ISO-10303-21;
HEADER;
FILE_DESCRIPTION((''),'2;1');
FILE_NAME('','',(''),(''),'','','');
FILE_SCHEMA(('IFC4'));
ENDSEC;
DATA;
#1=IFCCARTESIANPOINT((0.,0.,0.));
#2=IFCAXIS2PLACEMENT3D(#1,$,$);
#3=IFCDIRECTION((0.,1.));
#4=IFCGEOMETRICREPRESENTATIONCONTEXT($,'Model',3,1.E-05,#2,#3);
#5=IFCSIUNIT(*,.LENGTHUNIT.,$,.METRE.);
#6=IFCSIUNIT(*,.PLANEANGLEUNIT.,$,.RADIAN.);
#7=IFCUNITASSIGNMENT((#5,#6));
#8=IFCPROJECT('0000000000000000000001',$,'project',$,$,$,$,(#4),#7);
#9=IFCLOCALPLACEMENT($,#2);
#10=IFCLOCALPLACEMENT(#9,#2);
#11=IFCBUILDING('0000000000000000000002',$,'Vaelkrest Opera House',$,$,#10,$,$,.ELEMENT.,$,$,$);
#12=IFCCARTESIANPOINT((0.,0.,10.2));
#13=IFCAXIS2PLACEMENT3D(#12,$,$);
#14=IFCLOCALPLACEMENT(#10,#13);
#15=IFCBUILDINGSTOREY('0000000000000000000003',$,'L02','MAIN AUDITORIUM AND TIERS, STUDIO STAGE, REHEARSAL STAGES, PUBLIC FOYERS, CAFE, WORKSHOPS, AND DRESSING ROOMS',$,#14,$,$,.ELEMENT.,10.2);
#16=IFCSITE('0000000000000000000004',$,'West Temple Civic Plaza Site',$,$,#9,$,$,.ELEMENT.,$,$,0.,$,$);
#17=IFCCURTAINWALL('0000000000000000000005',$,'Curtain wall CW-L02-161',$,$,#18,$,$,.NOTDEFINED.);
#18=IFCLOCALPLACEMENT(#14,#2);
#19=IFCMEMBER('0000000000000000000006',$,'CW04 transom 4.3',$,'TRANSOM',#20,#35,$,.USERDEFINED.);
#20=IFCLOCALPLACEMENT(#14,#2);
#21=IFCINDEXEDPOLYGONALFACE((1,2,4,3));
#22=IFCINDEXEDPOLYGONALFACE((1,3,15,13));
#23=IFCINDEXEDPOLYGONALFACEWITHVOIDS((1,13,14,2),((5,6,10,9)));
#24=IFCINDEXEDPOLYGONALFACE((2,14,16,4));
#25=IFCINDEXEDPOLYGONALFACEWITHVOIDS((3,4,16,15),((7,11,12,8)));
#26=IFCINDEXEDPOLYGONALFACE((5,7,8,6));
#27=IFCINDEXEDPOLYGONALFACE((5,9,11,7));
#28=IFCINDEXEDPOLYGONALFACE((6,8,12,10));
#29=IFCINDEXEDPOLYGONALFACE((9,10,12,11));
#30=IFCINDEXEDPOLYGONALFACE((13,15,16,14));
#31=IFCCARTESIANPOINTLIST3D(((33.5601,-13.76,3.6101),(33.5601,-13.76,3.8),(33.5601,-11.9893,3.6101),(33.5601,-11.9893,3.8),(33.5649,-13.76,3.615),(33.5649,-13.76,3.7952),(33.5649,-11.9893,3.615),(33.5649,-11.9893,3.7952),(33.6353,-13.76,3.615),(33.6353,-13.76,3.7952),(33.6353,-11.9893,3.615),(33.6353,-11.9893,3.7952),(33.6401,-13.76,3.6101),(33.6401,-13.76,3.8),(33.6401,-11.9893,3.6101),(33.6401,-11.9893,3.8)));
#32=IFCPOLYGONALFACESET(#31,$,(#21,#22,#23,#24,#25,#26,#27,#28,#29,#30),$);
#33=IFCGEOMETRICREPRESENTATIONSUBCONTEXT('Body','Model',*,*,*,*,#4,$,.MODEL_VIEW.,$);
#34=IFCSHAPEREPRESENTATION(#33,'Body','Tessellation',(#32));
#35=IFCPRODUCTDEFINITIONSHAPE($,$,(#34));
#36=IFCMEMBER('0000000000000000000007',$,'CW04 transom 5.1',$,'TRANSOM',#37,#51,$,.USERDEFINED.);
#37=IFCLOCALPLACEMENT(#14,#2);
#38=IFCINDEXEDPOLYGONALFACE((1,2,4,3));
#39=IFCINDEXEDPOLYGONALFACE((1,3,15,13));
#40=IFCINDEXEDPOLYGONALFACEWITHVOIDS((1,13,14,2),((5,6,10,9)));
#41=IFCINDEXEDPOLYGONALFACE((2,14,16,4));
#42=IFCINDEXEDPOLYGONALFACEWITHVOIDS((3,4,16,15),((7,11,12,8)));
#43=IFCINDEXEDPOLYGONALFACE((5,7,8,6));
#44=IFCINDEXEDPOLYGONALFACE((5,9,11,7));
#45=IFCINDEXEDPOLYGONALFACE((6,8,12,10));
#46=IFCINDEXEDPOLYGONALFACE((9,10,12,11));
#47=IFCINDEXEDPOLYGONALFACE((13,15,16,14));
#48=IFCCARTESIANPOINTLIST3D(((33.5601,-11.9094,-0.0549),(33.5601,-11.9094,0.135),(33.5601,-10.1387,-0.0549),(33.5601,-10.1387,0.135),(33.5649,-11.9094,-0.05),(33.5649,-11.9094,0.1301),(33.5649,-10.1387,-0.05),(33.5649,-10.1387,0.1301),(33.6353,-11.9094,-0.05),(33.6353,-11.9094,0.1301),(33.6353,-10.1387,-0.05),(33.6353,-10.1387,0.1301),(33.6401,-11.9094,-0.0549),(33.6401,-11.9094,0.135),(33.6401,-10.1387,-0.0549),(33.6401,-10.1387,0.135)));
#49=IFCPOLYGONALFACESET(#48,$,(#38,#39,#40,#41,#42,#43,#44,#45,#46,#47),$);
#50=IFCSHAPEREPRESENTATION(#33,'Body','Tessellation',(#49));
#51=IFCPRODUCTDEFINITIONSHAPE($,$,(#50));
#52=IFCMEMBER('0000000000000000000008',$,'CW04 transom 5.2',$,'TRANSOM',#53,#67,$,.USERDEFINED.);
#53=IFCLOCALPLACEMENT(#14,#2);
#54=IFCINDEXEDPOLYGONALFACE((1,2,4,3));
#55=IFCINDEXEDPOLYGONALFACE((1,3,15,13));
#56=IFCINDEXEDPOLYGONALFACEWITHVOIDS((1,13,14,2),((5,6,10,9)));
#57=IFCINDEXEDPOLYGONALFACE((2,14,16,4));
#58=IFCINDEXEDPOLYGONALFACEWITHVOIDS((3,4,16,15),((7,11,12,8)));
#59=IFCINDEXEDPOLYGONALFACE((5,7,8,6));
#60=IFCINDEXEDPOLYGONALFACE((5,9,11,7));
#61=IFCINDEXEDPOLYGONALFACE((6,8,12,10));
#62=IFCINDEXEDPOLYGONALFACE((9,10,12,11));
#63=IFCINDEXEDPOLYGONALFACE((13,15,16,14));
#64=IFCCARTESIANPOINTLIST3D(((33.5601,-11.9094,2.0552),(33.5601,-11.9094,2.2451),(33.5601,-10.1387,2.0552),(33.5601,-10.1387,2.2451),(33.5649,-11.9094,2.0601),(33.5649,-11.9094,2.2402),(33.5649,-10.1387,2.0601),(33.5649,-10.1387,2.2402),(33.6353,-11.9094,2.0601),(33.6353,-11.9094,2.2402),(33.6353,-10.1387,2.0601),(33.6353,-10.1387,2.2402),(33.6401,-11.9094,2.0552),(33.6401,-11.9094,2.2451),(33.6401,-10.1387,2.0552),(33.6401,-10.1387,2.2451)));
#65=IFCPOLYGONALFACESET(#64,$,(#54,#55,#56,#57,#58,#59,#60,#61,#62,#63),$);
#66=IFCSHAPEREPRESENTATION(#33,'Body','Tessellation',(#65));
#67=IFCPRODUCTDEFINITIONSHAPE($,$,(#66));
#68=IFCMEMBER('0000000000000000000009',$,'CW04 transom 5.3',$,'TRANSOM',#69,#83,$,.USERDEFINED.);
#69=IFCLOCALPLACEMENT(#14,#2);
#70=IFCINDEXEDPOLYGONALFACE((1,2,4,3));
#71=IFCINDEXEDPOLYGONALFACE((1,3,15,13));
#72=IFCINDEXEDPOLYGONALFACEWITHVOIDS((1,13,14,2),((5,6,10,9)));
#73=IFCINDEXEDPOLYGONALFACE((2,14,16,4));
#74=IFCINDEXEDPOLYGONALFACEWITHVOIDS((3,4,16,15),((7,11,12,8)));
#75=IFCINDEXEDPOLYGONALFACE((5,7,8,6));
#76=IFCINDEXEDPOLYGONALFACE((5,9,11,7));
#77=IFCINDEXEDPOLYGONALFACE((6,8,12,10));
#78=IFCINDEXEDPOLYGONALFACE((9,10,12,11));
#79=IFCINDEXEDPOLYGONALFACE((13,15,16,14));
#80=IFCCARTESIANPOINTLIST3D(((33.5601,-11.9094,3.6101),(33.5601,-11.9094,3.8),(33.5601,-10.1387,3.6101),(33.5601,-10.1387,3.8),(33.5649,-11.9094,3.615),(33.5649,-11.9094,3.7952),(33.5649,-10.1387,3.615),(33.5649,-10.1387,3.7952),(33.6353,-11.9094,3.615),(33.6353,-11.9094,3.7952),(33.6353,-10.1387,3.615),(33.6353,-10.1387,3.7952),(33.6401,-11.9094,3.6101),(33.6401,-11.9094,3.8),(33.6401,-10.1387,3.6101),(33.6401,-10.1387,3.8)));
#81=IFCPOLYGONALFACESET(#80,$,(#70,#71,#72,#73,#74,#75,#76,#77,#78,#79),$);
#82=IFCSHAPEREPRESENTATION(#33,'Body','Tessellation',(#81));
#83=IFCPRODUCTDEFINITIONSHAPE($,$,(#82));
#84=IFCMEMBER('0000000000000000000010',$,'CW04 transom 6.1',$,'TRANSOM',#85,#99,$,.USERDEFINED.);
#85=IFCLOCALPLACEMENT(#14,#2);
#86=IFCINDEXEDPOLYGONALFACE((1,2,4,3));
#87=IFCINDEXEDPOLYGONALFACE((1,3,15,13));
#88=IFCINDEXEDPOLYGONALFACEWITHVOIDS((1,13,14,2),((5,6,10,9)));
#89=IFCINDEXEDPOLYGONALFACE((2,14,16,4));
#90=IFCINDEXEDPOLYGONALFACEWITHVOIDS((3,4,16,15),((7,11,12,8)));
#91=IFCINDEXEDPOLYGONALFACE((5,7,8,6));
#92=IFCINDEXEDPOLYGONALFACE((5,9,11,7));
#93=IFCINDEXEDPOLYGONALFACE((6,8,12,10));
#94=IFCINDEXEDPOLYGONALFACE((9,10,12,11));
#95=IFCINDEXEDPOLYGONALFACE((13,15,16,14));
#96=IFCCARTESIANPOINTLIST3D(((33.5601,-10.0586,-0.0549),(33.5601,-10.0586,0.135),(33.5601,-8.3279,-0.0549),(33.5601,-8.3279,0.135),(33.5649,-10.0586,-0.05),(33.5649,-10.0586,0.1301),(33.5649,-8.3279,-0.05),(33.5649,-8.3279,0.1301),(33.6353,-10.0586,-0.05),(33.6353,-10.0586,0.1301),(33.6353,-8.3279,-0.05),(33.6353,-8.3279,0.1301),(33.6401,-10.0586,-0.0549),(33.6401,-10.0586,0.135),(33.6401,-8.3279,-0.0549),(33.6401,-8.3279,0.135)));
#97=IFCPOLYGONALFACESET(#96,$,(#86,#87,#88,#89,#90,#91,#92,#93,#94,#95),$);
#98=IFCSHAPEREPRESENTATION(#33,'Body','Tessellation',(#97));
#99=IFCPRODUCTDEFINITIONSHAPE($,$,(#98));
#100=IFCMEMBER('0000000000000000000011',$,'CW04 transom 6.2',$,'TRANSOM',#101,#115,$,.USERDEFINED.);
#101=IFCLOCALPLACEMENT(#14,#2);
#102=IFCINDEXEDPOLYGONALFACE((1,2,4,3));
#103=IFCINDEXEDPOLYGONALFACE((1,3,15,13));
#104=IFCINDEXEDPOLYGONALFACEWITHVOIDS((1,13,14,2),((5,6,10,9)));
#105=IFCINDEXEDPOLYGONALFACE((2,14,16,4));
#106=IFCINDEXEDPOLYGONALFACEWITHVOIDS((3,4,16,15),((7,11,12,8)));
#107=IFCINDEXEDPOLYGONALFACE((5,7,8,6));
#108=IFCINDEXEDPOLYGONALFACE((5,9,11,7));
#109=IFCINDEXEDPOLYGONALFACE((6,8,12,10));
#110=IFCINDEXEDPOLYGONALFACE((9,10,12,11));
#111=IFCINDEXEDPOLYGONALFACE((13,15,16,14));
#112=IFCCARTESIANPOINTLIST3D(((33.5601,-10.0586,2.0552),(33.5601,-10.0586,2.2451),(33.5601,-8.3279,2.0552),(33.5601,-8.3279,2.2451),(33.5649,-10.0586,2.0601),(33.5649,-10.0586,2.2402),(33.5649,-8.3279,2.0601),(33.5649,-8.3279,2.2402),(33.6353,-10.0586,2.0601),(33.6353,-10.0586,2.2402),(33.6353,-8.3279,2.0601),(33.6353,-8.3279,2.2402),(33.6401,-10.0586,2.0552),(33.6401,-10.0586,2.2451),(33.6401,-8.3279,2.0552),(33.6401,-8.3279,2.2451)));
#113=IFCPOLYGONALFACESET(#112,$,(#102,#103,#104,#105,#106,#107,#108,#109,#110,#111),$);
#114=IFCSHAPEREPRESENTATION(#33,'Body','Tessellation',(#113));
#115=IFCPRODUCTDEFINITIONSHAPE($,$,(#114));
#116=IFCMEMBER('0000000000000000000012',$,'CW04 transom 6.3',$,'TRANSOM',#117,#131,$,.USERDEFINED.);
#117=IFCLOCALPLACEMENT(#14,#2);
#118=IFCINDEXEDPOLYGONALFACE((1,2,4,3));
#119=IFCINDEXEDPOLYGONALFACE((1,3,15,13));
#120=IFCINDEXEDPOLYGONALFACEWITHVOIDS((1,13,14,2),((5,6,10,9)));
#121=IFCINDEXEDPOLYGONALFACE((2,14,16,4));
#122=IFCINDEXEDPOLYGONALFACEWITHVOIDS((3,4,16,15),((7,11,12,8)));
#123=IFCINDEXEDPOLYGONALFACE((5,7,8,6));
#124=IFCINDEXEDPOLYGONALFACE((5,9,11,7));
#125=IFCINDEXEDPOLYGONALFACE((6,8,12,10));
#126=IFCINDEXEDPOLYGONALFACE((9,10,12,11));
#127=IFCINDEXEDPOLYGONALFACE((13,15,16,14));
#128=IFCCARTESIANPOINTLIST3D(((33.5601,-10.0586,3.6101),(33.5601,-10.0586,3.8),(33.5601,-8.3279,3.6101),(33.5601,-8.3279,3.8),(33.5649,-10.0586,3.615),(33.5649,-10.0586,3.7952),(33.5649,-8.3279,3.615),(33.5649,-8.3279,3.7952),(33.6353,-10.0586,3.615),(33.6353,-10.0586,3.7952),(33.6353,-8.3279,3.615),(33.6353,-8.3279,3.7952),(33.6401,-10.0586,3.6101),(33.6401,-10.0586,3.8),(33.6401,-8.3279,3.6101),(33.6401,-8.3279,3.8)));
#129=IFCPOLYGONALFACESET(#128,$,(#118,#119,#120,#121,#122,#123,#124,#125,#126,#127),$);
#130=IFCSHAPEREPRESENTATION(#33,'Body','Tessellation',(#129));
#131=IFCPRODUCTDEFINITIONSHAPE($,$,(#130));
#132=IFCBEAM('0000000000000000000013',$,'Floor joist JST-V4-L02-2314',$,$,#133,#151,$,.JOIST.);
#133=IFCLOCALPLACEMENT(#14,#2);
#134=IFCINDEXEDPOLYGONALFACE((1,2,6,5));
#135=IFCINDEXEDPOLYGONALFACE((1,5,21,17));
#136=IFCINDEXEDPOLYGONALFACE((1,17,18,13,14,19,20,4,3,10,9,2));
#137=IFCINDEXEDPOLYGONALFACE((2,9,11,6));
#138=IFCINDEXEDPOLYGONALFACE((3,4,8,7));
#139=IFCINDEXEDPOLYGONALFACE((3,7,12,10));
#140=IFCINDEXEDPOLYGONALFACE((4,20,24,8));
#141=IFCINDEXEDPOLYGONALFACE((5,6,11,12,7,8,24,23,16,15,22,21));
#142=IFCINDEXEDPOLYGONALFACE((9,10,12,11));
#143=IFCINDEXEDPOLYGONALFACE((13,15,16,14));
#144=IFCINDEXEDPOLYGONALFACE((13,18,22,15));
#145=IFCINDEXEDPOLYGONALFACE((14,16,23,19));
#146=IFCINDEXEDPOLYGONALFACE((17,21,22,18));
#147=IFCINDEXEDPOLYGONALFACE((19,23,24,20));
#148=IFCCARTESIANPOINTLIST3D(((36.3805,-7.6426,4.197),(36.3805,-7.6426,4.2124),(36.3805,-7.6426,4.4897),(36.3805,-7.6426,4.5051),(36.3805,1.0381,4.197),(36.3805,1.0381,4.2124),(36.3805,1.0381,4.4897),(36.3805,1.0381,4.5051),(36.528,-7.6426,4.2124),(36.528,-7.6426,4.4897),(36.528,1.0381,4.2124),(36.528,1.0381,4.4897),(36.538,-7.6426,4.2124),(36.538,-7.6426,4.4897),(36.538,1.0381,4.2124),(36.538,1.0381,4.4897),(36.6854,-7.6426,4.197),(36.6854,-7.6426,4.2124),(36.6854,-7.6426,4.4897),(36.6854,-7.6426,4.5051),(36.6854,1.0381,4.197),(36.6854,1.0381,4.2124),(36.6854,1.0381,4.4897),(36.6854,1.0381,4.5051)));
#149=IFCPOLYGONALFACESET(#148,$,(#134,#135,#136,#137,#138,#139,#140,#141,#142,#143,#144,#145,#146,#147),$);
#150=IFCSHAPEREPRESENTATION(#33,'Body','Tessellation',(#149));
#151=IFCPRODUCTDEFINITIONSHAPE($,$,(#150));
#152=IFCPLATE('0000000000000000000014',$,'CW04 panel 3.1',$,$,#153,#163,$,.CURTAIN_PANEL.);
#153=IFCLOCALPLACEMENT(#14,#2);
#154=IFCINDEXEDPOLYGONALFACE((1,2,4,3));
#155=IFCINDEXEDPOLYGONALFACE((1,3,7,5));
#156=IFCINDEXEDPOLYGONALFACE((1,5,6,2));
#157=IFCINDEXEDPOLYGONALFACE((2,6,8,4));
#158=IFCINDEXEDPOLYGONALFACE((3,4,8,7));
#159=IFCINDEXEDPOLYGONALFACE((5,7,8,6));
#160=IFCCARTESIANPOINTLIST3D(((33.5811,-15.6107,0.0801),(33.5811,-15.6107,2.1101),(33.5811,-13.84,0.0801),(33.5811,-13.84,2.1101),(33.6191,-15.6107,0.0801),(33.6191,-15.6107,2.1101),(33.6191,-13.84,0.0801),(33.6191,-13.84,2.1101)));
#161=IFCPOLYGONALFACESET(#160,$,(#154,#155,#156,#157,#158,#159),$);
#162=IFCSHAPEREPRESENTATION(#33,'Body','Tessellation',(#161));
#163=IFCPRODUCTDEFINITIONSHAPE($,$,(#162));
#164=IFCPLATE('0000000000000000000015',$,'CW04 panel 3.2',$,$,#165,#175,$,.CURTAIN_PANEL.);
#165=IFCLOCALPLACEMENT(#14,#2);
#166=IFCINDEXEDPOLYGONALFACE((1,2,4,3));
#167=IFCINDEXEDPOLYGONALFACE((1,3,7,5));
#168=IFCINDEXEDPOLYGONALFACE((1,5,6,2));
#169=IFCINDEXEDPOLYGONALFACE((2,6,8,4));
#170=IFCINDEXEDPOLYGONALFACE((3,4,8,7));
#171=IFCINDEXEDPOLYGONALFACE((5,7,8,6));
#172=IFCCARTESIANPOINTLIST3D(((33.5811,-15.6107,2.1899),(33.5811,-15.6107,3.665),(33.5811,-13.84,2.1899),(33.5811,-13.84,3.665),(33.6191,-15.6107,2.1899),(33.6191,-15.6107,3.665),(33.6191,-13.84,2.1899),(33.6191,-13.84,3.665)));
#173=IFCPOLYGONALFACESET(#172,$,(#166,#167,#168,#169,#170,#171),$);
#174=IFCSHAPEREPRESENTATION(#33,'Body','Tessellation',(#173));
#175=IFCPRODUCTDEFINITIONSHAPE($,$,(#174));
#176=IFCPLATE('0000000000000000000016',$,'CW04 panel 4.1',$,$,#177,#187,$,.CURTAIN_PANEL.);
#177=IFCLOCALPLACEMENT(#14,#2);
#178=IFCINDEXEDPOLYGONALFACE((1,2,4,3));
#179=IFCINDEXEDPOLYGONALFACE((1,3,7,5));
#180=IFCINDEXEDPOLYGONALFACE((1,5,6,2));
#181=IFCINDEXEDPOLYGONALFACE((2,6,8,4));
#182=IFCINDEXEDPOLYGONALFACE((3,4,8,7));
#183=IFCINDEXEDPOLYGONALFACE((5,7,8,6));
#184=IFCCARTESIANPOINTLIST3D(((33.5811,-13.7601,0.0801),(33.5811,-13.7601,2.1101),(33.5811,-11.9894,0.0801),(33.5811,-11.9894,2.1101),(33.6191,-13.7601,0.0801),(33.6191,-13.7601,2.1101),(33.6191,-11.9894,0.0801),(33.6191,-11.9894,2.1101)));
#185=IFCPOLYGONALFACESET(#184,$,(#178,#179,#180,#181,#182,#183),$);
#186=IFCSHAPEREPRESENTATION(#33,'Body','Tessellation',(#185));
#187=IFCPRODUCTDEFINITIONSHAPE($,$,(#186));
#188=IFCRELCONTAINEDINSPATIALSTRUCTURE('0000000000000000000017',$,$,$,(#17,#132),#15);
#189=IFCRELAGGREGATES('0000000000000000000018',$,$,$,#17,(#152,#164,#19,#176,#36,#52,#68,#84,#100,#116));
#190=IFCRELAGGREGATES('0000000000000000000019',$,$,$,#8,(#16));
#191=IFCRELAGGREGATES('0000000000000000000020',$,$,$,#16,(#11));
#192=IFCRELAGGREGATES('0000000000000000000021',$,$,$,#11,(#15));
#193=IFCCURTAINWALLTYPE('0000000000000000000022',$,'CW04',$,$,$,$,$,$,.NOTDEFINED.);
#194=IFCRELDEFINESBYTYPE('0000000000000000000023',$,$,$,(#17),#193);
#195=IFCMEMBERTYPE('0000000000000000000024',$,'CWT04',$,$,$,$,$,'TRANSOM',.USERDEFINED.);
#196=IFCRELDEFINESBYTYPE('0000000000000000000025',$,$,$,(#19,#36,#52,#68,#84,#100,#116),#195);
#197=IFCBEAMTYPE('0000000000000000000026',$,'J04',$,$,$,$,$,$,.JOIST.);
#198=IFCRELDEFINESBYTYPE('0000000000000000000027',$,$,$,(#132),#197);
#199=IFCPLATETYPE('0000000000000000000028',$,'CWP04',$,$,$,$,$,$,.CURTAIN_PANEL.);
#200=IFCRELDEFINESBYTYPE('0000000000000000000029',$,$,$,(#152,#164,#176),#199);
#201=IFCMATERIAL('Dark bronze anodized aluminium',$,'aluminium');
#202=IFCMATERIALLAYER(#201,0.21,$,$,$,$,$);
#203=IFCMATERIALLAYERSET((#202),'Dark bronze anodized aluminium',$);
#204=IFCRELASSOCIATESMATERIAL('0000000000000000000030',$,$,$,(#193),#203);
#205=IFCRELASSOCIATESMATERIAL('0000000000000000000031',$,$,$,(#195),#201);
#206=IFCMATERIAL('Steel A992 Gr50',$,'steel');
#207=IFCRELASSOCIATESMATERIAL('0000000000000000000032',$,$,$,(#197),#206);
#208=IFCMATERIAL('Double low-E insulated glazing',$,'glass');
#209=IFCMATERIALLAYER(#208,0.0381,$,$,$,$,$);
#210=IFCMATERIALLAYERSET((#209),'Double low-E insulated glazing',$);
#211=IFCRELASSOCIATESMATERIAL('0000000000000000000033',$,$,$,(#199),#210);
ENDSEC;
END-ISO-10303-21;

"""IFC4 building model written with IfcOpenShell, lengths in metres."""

from ifc_helpers import new_model, si_unit, direction, frame, origin, origin_2d, place, context, subcontext, project, spatial, rectangle, hollow_rectangle, i_section, extrude, material, layer, layer_set, material_profile, profile_set, type_object, element, aggregate, save


model = new_model("IFC4")

# Units and contexts
model_context = context("Model", 3, precision=1e-05, world=origin(), true_north=direction((0.0, 1.0)))
body_context = subcontext(model_context, "Body", "Model", "MODEL_VIEW")
ifc_project = project(units=[si_unit("LENGTHUNIT", "METRE"), si_unit("PLANEANGLEUNIT", "RADIAN")], contexts=[model_context])

# Site, building, storey
site_placement = place(None, origin())
site = spatial("IfcSite", under=ifc_project, at=site_placement, Name="West Temple Civic Plaza Site", CompositionType="ELEMENT", RefElevation=0.0)
building_placement = place(site_placement, origin())
building = spatial("IfcBuilding", under=site, at=building_placement, Name="Vaelkrest Opera House", CompositionType="ELEMENT")
storey_placement = place(building_placement, frame((0.0, 0.0, 10.2)))
storey = spatial("IfcBuildingStorey", under=building, at=storey_placement, Name="L02", Description="MAIN AUDITORIUM AND TIERS, STUDIO STAGE, REHEARSAL STAGES, PUBLIC FOYERS, CAFE, WORKSHOPS, AND DRESSING ROOMS", CompositionType="ELEMENT", Elevation=10.2)

# Shared definitions
ifc_material_1 = material(Name="Steel A992 Gr50", Category="steel")

# Curtain wall, members
ifc_material_2 = material(Name="Dark bronze anodized aluminium", Category="aluminium")
ifc_layer_1 = layer(ifc_material_2, 0.21)
ifc_layer_set_1 = layer_set([ifc_layer_1], Name="Dark bronze anodized aluminium")
curtain_wall_type = type_object("IfcCurtainWallType", Name="CW04", PredefinedType="NOTDEFINED", material=ifc_layer_set_1)
curtain_wall_placement = place(storey_placement, origin())
curtain_wall = element("IfcCurtainWall", 1, at=curtain_wall_placement, inside=storey, type_object=curtain_wall_type, Name="Curtain wall CW-L02-161", PredefinedType="NOTDEFINED")
ifc_material_profile_1 = material_profile(ifc_material_2, hollow_rectangle(XDim=0.0801, YDim=0.1899, WallThickness=0.0049, at=origin_2d()), Name="CWT80X190")
ifc_profile_set_1 = profile_set([ifc_material_profile_1], Name="Dark bronze anodized aluminium")
member_type_1 = type_object("IfcMemberType", Name="CWT04", ElementType="TRANSOM", PredefinedType="USERDEFINED", material=ifc_profile_set_1)
member_1_placement = place(storey_placement, frame((33.6001, -13.76, 3.7051), z_axis=(0.0, 1.0, 0.0), x_axis=(-1.0, 0.0, 0.0)))
member_1 = element("IfcMember", 2, at=member_1_placement, type_object=member_type_1, Name="CW04 transom 4.3", ObjectType="TRANSOM", PredefinedType="USERDEFINED", context=body_context, shape_type="SweptSolid", body=[
    extrude(hollow_rectangle(XDim=0.0801, YDim=0.1899, WallThickness=0.0049, at=origin_2d()), origin(), (0.0, 0.0, 1.0), 1.7708),
])
member_2_placement = place(storey_placement, frame((33.6001, -11.9094, 0.04), z_axis=(0.0, 1.0, 0.0), x_axis=(-1.0, 0.0, 0.0)))
member_2 = element("IfcMember", 3, at=member_2_placement, type_object=member_type_1, Name="CW04 transom 5.1", ObjectType="TRANSOM", PredefinedType="USERDEFINED", context=body_context, shape_type="SweptSolid", body=[
    extrude(hollow_rectangle(XDim=0.0801, YDim=0.1899, WallThickness=0.0049, at=origin_2d()), origin(), (0.0, 0.0, 1.0), 1.7708),
])
member_3_placement = place(storey_placement, frame((33.6001, -11.9094, 2.1501), z_axis=(0.0, 1.0, 0.0), x_axis=(-1.0, 0.0, 0.0)))
member_3 = element("IfcMember", 4, at=member_3_placement, type_object=member_type_1, Name="CW04 transom 5.2", ObjectType="TRANSOM", PredefinedType="USERDEFINED", context=body_context, shape_type="SweptSolid", body=[
    extrude(hollow_rectangle(XDim=0.0801, YDim=0.1899, WallThickness=0.0049, at=origin_2d()), origin(), (0.0, 0.0, 1.0), 1.7708),
])
member_4_placement = place(storey_placement, frame((33.6001, -11.9094, 3.7051), z_axis=(0.0, 1.0, 0.0), x_axis=(-1.0, 0.0, 0.0)))
member_4 = element("IfcMember", 5, at=member_4_placement, type_object=member_type_1, Name="CW04 transom 5.3", ObjectType="TRANSOM", PredefinedType="USERDEFINED", context=body_context, shape_type="SweptSolid", body=[
    extrude(hollow_rectangle(XDim=0.0801, YDim=0.1899, WallThickness=0.0049, at=origin_2d()), origin(), (0.0, 0.0, 1.0), 1.7708),
])
member_5_placement = place(storey_placement, frame((33.6001, -10.0586, 0.04), z_axis=(0.0, 1.0, 0.0), x_axis=(-1.0, 0.0, 0.0)))
member_5 = element("IfcMember", 6, at=member_5_placement, type_object=member_type_1, Name="CW04 transom 6.1", ObjectType="TRANSOM", PredefinedType="USERDEFINED", context=body_context, shape_type="SweptSolid", body=[
    extrude(hollow_rectangle(XDim=0.0801, YDim=0.1899, WallThickness=0.0049, at=origin_2d()), origin(), (0.0, 0.0, 1.0), 1.7307),
])
member_6_placement = place(storey_placement, frame((33.6001, -10.0586, 2.1501), z_axis=(0.0, 1.0, 0.0), x_axis=(-1.0, 0.0, 0.0)))
member_6 = element("IfcMember", 7, at=member_6_placement, type_object=member_type_1, Name="CW04 transom 6.2", ObjectType="TRANSOM", PredefinedType="USERDEFINED", context=body_context, shape_type="SweptSolid", body=[
    extrude(hollow_rectangle(XDim=0.0801, YDim=0.1899, WallThickness=0.0049, at=origin_2d()), origin(), (0.0, 0.0, 1.0), 1.7307),
])
member_7_placement = place(storey_placement, frame((33.6001, -10.0586, 3.7051), z_axis=(0.0, 1.0, 0.0), x_axis=(-1.0, 0.0, 0.0)))
member_7 = element("IfcMember", 8, at=member_7_placement, type_object=member_type_1, Name="CW04 transom 6.3", ObjectType="TRANSOM", PredefinedType="USERDEFINED", context=body_context, shape_type="SweptSolid", body=[
    extrude(hollow_rectangle(XDim=0.0801, YDim=0.1899, WallThickness=0.0049, at=origin_2d()), origin(), (0.0, 0.0, 1.0), 1.7307),
])

# Beam
ifc_material_profile_2 = material_profile(ifc_material_1, i_section(OverallWidth=0.3049, OverallDepth=0.3081, WebThickness=0.01, FlangeThickness=0.0154, at=origin_2d()), Name="W12X65")
ifc_profile_set_2 = profile_set([ifc_material_profile_2], Name="Steel A992 Gr50")
beam_type_1 = type_object("IfcBeamType", Name="J04", PredefinedType="JOIST", material=ifc_profile_set_2)
beam_1_placement = place(storey_placement, frame((36.533, -7.6426, 4.3511), z_axis=(0.0, 1.0, 0.0), x_axis=(-1.0, 0.0, 0.0)))
element("IfcBeam", 9, at=beam_1_placement, inside=storey, type_object=beam_type_1, Name="Floor joist JST-V4-L02-2314", PredefinedType="JOIST", context=body_context, shape_type="SweptSolid", body=[
    extrude(i_section(OverallWidth=0.3049, OverallDepth=0.3081, WebThickness=0.01, FlangeThickness=0.0154, at=origin_2d()), origin(), (0.0, 0.0, 1.0), 8.6807),
])

# Plates
ifc_material_3 = material(Name="Double low-E insulated glazing", Category="glass")
ifc_layer_2 = layer(ifc_material_3, 0.0381)
ifc_layer_set_2 = layer_set([ifc_layer_2], Name="Double low-E insulated glazing")
plate_type = type_object("IfcPlateType", Name="CWP04", PredefinedType="CURTAIN_PANEL", material=ifc_layer_set_2)
plate_1_placement = place(storey_placement, frame((33.6001, -14.7253, 0.0801), z_axis=(0.0, 0.0, 1.0), x_axis=(0.0, 1.0, 0.0)))
plate_1 = element("IfcPlate", 10, at=plate_1_placement, type_object=plate_type, Name="CW04 panel 3.1", PredefinedType="CURTAIN_PANEL", context=body_context, shape_type="SweptSolid", body=[
    extrude(rectangle(XDim=1.7708, YDim=0.0381, at=origin_2d()), origin(), (0.0, 0.0, 1.0), 2.03),
])
plate_2_placement = place(storey_placement, frame((33.6001, -14.7253, 2.1899), z_axis=(0.0, 0.0, 1.0), x_axis=(0.0, 1.0, 0.0)))
plate_2 = element("IfcPlate", 11, at=plate_2_placement, type_object=plate_type, Name="CW04 panel 3.2", PredefinedType="CURTAIN_PANEL", context=body_context, shape_type="SweptSolid", body=[
    extrude(rectangle(XDim=1.7708, YDim=0.0381, at=origin_2d()), origin(), (0.0, 0.0, 1.0), 1.4751),
])
plate_3_placement = place(storey_placement, frame((33.6001, -12.8748, 0.0801), z_axis=(0.0, 0.0, 1.0), x_axis=(0.0, 1.0, 0.0)))
plate_3 = element("IfcPlate", 12, at=plate_3_placement, type_object=plate_type, Name="CW04 panel 4.1", PredefinedType="CURTAIN_PANEL", context=body_context, shape_type="SweptSolid", body=[
    extrude(rectangle(XDim=1.7708, YDim=0.0381, at=origin_2d()), origin(), (0.0, 0.0, 1.0), 2.03),
])
aggregate(curtain_wall, [plate_1, plate_2, member_1, plate_3, member_2, member_3, member_4, member_5, member_6, member_7])

save(model, "model.ifc")
